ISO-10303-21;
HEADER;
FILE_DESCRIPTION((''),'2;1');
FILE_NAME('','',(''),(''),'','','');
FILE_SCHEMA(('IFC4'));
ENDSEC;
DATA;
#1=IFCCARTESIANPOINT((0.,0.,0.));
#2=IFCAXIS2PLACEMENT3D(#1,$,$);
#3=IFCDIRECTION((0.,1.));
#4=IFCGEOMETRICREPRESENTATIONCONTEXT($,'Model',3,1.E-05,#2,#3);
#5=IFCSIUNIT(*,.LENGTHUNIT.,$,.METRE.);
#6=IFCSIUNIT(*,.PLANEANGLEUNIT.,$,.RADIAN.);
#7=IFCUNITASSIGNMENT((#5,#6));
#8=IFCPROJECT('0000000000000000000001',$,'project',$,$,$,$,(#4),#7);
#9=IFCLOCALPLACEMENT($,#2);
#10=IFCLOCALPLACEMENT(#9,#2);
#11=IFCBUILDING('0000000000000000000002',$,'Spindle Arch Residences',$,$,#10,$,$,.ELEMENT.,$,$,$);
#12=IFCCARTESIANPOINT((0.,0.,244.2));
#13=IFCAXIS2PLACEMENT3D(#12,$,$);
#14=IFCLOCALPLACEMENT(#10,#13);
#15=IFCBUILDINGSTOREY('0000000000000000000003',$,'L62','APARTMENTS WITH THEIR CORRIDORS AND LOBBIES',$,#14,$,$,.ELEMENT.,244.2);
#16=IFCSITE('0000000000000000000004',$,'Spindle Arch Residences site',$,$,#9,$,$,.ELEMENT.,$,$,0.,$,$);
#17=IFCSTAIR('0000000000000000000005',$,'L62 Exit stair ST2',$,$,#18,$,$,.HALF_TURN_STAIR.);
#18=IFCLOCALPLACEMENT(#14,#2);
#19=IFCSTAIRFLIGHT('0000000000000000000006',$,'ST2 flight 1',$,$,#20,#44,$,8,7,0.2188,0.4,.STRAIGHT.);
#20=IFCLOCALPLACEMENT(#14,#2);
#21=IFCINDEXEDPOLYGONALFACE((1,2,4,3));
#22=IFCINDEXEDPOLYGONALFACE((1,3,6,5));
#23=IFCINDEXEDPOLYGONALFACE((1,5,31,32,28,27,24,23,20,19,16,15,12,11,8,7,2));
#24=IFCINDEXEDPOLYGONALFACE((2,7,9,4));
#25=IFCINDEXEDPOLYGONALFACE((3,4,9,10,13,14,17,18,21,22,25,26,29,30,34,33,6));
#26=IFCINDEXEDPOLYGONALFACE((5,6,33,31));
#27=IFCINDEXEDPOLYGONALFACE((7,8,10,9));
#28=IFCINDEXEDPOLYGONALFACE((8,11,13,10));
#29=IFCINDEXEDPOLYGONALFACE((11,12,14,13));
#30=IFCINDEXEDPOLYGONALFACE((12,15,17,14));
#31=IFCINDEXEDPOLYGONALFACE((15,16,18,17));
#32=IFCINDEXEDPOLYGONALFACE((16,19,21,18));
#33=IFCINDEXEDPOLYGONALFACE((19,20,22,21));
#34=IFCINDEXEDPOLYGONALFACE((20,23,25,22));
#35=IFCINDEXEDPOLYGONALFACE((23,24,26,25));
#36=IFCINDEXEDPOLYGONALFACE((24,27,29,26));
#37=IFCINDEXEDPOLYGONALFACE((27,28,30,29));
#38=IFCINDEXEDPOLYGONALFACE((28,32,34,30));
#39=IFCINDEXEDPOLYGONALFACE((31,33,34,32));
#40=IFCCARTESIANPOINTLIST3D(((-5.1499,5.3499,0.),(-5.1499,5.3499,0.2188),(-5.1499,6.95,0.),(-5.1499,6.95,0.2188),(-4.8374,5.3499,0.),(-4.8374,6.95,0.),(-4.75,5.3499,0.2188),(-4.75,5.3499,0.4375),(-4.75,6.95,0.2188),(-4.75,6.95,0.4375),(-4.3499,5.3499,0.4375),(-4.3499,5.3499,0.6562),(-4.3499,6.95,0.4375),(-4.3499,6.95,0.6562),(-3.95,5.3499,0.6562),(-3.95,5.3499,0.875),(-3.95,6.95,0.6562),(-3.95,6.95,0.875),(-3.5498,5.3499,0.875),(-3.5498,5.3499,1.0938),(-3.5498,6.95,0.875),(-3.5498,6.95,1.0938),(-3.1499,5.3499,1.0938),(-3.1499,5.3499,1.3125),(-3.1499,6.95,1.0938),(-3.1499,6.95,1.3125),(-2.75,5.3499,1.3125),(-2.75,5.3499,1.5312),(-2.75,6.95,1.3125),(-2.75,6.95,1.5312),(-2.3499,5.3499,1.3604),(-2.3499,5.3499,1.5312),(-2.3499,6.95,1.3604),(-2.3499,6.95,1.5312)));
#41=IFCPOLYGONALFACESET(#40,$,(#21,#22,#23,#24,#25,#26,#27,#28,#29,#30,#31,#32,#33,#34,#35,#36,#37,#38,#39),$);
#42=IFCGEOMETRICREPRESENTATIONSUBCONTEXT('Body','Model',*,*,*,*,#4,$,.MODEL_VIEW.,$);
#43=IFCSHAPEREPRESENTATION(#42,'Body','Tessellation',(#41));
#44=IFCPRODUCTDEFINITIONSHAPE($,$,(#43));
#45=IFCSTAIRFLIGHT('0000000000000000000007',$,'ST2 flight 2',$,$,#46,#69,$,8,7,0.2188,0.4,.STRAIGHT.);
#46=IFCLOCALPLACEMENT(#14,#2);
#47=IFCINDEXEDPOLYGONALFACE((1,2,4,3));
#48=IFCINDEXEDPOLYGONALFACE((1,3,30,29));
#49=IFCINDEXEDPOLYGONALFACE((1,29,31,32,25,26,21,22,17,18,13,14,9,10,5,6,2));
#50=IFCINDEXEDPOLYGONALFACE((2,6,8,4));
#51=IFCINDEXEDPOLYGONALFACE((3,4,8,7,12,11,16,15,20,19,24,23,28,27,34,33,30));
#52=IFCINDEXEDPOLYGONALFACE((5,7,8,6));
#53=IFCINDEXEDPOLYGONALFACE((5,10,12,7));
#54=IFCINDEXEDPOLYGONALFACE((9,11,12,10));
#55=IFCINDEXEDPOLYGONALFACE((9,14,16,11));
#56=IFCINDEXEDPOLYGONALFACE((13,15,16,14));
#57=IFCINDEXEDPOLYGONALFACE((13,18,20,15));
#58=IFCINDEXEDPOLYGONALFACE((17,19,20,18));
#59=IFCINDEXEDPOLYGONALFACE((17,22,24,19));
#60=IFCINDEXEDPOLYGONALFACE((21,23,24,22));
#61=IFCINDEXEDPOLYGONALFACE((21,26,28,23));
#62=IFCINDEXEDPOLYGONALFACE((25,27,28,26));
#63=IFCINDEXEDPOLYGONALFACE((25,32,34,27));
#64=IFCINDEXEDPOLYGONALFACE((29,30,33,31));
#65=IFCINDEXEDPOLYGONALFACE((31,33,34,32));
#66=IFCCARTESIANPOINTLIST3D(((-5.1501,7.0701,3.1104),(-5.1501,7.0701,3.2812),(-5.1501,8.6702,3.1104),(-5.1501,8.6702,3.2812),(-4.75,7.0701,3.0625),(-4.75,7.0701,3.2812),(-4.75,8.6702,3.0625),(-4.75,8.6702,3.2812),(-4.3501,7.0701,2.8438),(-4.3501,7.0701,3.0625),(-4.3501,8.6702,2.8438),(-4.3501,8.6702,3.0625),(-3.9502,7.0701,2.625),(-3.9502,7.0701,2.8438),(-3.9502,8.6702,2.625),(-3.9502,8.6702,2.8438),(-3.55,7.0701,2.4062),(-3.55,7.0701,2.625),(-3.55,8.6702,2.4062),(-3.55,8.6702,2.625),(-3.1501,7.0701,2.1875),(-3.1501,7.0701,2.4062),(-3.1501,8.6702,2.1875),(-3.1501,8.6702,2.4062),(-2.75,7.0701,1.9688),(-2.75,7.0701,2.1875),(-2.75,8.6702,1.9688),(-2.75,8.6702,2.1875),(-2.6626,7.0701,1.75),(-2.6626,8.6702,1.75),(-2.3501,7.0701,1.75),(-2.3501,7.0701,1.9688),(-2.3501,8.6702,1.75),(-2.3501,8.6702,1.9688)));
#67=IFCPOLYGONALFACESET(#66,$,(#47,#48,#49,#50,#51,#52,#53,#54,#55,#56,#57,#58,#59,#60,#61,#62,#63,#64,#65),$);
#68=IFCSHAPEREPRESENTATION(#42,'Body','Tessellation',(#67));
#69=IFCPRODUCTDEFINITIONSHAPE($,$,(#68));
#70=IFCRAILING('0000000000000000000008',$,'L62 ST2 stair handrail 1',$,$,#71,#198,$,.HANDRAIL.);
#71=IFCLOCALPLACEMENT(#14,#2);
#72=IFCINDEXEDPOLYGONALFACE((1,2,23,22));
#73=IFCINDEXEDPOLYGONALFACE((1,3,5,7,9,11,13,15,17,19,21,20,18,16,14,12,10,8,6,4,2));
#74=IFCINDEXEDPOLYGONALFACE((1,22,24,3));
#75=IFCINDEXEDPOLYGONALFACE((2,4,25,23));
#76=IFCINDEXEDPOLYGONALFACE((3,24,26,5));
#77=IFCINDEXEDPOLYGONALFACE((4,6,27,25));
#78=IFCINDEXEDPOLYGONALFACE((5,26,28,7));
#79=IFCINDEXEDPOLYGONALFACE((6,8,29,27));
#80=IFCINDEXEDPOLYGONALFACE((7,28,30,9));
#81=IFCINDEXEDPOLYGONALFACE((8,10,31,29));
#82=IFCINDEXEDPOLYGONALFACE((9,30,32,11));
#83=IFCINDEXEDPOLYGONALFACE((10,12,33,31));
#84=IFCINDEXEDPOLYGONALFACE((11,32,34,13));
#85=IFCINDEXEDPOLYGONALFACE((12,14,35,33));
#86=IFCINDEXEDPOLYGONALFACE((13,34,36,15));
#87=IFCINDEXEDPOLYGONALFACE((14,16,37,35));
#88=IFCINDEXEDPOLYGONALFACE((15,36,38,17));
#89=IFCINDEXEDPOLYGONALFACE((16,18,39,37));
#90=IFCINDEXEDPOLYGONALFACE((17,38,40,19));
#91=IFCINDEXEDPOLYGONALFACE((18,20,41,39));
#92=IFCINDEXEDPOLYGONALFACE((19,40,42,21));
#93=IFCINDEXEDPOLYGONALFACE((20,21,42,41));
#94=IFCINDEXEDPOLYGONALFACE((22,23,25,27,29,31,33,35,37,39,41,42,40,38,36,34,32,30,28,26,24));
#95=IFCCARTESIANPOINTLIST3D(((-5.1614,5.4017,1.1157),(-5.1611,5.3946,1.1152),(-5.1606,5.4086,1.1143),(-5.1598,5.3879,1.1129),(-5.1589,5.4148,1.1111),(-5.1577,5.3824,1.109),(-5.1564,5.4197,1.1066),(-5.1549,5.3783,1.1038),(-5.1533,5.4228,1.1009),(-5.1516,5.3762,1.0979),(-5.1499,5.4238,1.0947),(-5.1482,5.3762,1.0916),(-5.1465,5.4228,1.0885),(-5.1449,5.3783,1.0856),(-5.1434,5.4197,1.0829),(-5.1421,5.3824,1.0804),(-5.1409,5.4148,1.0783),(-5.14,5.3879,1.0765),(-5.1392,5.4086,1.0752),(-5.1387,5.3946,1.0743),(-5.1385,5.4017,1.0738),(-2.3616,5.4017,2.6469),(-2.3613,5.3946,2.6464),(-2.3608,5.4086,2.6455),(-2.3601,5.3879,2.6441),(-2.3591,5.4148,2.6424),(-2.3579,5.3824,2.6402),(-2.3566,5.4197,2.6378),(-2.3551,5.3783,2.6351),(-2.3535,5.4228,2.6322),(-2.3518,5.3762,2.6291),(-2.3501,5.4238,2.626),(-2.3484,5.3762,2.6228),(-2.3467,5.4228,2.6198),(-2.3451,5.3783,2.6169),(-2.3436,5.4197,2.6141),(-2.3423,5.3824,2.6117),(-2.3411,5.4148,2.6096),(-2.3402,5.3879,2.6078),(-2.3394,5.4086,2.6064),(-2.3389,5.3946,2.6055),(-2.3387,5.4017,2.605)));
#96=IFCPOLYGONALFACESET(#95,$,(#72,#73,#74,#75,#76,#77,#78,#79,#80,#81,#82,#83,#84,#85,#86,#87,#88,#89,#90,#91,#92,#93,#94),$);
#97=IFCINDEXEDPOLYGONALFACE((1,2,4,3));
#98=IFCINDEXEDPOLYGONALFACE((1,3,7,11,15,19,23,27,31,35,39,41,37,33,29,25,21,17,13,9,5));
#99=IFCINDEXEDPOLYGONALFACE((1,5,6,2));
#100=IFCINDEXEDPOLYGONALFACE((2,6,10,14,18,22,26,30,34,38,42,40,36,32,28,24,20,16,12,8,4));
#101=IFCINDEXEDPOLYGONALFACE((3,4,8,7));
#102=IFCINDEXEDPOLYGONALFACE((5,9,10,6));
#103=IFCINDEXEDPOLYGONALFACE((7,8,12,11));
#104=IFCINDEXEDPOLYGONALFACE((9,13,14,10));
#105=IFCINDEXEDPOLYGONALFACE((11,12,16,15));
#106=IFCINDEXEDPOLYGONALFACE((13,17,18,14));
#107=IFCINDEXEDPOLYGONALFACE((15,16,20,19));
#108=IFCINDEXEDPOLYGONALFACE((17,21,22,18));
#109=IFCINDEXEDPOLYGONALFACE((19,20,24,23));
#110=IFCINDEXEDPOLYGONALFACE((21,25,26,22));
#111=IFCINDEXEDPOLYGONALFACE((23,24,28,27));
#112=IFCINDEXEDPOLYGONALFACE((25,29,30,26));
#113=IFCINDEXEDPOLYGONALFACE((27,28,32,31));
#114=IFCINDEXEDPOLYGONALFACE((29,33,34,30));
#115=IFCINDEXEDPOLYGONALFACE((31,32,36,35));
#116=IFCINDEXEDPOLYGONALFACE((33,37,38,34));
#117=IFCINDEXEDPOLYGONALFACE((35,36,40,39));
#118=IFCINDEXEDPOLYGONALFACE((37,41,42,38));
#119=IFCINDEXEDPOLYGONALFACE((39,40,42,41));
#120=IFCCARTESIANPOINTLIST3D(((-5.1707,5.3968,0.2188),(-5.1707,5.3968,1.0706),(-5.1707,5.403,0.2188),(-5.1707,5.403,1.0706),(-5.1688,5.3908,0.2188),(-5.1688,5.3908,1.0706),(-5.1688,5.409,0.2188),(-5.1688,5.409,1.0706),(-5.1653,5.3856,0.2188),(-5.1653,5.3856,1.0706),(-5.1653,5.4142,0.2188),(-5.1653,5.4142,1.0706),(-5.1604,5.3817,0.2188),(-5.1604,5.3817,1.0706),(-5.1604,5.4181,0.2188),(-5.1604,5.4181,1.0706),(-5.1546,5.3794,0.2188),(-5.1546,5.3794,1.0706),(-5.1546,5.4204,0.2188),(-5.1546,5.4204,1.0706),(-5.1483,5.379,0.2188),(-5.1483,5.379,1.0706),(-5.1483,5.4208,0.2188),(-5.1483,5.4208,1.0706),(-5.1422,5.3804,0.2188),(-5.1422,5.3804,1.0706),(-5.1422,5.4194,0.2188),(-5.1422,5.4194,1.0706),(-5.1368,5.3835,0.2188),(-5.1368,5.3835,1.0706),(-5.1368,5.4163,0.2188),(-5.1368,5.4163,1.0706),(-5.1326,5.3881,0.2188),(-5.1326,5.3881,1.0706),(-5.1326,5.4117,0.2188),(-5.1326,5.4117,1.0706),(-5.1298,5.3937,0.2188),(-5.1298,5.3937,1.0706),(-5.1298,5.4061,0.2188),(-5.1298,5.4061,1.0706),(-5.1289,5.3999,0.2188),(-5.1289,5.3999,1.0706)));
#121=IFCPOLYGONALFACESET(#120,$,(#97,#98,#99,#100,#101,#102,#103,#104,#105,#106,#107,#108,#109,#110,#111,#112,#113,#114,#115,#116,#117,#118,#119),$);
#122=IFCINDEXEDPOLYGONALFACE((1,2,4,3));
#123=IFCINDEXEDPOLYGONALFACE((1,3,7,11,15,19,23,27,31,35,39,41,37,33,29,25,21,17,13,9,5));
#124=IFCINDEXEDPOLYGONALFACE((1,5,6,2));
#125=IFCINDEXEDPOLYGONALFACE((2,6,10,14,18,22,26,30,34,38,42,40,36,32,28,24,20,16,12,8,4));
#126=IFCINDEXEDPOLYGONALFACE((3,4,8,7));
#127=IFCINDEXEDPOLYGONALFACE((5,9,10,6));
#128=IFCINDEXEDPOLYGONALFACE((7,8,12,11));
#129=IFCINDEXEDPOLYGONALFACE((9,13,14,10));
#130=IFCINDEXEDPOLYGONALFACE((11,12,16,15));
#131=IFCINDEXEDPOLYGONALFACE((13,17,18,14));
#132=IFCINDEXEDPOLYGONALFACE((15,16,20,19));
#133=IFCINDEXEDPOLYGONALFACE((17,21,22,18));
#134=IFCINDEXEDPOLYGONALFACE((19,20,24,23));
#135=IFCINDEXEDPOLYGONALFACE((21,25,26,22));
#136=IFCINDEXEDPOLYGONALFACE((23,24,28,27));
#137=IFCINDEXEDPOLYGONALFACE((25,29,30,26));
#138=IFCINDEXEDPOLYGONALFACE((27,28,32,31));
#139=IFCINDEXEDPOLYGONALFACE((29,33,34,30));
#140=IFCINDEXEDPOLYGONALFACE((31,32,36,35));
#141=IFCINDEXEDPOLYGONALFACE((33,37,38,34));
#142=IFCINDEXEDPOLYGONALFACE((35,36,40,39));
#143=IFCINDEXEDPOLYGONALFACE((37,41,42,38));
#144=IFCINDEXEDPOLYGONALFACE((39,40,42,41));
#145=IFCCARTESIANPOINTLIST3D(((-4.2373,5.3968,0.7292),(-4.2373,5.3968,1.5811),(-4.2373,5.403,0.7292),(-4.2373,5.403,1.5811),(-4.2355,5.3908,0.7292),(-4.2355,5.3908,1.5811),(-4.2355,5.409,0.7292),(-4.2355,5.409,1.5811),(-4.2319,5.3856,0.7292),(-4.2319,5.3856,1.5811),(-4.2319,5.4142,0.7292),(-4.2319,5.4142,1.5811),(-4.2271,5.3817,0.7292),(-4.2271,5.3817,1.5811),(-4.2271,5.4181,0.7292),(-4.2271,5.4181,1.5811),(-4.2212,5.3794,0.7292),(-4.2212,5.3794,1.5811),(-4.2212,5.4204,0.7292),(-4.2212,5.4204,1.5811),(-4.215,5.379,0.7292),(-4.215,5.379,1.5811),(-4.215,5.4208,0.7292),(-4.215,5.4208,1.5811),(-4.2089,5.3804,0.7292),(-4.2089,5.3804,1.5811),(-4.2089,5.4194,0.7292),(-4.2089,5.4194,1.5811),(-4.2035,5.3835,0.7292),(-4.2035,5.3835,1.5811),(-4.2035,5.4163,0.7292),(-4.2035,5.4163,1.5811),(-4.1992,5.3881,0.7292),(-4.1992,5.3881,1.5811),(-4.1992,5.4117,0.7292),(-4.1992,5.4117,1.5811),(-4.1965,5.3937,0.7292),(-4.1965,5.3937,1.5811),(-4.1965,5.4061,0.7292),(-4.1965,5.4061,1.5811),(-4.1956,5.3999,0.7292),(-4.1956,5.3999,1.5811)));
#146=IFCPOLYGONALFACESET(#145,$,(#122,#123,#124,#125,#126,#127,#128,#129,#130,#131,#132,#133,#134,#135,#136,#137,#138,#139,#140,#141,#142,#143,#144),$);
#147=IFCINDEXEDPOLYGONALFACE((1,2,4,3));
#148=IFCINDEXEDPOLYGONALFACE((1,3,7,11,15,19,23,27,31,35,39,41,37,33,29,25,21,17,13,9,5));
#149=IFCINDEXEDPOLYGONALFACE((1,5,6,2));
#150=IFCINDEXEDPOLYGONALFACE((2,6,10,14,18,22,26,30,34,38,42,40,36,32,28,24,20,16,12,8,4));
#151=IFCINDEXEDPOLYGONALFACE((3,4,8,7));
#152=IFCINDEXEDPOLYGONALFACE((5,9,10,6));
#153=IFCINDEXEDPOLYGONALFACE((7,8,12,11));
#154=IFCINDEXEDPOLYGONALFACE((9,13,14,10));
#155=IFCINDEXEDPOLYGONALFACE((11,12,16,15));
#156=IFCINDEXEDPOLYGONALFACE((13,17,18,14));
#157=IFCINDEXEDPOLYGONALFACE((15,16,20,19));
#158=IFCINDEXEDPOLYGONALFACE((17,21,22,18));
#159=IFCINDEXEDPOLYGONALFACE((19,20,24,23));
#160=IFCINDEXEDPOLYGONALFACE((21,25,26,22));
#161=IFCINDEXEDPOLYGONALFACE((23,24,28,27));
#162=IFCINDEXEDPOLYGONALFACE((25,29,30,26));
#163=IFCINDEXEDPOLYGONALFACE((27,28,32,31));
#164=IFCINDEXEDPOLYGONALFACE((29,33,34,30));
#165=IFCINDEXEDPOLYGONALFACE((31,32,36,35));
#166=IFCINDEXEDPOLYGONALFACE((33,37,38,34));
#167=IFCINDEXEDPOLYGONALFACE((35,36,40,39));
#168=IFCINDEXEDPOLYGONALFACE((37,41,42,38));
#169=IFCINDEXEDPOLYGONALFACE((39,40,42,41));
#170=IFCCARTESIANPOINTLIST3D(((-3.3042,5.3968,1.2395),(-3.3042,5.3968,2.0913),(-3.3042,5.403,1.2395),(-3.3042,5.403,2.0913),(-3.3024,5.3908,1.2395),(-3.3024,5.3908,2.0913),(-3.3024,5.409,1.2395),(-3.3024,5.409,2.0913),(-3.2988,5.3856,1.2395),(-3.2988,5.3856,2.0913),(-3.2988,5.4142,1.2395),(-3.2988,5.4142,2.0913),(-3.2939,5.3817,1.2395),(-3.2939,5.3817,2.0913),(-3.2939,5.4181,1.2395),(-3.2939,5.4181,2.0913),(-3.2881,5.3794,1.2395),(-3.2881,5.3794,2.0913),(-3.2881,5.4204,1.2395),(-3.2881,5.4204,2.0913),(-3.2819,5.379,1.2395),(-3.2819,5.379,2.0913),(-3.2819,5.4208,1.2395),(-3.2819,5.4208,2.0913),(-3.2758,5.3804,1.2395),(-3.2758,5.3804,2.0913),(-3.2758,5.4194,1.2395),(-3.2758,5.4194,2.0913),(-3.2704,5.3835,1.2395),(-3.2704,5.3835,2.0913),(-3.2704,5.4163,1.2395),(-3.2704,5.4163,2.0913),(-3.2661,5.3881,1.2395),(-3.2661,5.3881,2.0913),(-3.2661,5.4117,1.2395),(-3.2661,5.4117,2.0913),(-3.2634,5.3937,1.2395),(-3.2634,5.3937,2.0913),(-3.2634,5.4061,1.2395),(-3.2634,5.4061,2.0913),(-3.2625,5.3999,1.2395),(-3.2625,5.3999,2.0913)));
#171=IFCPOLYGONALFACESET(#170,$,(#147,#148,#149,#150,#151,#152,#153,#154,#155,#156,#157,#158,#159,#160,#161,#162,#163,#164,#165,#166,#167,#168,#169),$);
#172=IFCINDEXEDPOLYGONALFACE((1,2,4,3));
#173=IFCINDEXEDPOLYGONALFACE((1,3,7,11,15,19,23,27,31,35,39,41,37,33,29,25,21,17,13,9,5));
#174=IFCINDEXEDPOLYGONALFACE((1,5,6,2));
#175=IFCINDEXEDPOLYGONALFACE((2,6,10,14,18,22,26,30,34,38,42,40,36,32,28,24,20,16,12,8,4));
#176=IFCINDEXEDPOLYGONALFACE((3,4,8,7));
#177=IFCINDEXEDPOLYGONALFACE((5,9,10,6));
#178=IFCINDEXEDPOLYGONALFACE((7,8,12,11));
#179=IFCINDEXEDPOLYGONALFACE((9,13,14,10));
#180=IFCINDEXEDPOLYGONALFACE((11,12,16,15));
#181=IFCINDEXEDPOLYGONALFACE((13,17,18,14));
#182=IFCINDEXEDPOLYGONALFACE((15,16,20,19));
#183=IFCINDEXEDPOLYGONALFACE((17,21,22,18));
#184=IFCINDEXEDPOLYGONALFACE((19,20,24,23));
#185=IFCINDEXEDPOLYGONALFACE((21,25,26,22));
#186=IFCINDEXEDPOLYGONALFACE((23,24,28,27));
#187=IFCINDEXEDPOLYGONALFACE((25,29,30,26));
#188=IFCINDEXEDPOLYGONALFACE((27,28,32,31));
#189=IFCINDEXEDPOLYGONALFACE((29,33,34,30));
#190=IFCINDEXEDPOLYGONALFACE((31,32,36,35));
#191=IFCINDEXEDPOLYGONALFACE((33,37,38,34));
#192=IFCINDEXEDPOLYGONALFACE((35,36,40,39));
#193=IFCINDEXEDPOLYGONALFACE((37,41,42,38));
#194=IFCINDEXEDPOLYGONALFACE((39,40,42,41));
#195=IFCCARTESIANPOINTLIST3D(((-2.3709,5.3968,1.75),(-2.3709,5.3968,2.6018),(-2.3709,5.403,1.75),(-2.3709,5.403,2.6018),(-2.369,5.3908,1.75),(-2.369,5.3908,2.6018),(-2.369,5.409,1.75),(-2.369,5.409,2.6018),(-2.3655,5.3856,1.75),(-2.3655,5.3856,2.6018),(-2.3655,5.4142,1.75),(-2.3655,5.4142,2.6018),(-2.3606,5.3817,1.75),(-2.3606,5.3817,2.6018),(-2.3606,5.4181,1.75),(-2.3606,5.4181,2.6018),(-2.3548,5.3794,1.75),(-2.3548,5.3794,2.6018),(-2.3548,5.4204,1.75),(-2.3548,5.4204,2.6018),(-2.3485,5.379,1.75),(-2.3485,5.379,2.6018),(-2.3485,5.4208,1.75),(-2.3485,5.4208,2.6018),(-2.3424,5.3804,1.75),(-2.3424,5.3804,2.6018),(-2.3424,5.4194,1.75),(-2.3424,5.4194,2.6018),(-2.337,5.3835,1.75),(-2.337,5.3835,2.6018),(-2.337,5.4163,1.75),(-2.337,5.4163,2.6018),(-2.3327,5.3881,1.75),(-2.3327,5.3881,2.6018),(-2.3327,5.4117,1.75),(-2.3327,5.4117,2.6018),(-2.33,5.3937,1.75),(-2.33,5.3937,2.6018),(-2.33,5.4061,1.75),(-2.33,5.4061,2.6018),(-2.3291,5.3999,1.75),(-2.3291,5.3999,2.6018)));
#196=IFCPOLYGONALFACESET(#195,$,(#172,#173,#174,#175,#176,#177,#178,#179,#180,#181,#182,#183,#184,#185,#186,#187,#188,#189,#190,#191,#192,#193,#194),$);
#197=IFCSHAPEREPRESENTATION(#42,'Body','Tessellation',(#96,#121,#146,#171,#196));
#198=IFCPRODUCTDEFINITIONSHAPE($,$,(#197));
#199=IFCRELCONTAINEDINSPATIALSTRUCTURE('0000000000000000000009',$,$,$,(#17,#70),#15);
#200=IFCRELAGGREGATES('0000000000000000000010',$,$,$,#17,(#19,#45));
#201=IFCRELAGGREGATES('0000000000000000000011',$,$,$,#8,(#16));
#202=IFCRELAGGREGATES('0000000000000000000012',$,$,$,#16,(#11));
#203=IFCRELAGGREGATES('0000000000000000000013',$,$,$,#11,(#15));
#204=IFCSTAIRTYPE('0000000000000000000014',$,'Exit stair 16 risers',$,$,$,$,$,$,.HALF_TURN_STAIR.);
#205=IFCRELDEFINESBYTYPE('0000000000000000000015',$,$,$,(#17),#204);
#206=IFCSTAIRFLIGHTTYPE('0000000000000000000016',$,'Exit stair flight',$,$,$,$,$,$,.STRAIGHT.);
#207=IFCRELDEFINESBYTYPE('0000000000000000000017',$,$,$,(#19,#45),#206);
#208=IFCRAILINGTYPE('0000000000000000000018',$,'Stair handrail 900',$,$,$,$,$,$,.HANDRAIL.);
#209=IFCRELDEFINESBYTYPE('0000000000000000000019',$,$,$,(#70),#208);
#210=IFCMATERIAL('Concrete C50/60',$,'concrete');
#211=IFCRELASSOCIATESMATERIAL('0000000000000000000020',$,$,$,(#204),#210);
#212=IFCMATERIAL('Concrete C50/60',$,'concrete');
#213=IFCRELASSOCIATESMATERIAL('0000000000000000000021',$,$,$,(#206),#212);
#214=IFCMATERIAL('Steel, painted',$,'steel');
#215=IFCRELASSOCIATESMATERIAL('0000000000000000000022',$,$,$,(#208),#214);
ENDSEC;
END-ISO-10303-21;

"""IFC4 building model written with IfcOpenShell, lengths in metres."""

from ifc_helpers import new_model, si_unit, direction, frame, origin, origin_2d, place, context, subcontext, project, spatial, polyline, circle, outline, extrude, material, type_object, element, aggregate, save


model = new_model("IFC4")

# Units and contexts
model_context = context("Model", 3, precision=1e-05, world=origin(), true_north=direction((0.0, 1.0)))
body_context = subcontext(model_context, "Body", "Model", "MODEL_VIEW")
ifc_project = project(units=[si_unit("LENGTHUNIT", "METRE"), si_unit("PLANEANGLEUNIT", "RADIAN")], contexts=[model_context])

# Site, building, storey
site_placement = place(None, origin())
site = spatial("IfcSite", under=ifc_project, at=site_placement, Name="Spindle Arch Residences site", CompositionType="ELEMENT", RefElevation=0.0)
building_placement = place(site_placement, origin())
building = spatial("IfcBuilding", under=site, at=building_placement, Name="Spindle Arch Residences", CompositionType="ELEMENT")
storey_placement = place(building_placement, frame((0.0, 0.0, 244.2)))
storey = spatial("IfcBuildingStorey", under=building, at=storey_placement, Name="L62", Description="APARTMENTS WITH THEIR CORRIDORS AND LOBBIES", CompositionType="ELEMENT", Elevation=244.2)

# Stair, stair flights
ifc_material_1 = material(Name="Concrete C50/60", Category="concrete")
stair_type = type_object("IfcStairType", Name="Exit stair 16 risers", PredefinedType="HALF_TURN_STAIR", material=ifc_material_1)
stair_placement = place(storey_placement, origin())
stair = element("IfcStair", 1, at=stair_placement, inside=storey, type_object=stair_type, Name="L62 Exit stair ST2", PredefinedType="HALF_TURN_STAIR")
ifc_material_2 = material(Name="Concrete C50/60", Category="concrete")
stair_flight_type = type_object("IfcStairFlightType", Name="Exit stair flight", PredefinedType="STRAIGHT", material=ifc_material_2)
stair_flight_1_placement = place(storey_placement, frame((-5.1499, 6.1499, 0.0), z_axis=(0.0, 0.0, 1.0), x_axis=(1.0, 0.0, 0.0)))
stair_flight_1 = element("IfcStairFlight", 2, at=stair_flight_1_placement, type_object=stair_flight_type, Name="ST2 flight 1", NumberOfRisers=8, NumberOfTreads=7, PredefinedType="STRAIGHT", RiserHeight=0.2188, TreadLength=0.4, context=body_context, shape_type="SweptSolid", body=[
    extrude(outline(polyline([(0.0, 0.0), (0.0, 0.2188), (0.3999, 0.2188), (0.3999, 0.4375), (0.8, 0.4375), (0.8, 0.6562), (1.2, 0.6562), (1.2, 0.875), (1.6001, 0.875), (1.6001, 1.0938), (2.0, 1.0938), (2.0, 1.3125), (2.3999, 1.3125), (2.3999, 1.5312), (2.8, 1.5312), (2.8, 1.75), (2.8, 1.3604), (0.3125, 0.0), (0.0, 0.0)])), frame((0.0, 0.8, 0.0), z_axis=(0.0, -1.0, 0.0), x_axis=(1.0, 0.0, 0.0)), (0.0, 0.0, 1.0), 1.6001),
])
stair_flight_2_placement = place(storey_placement, frame((-2.3501, 7.8701, 1.75), z_axis=(0.0, 0.0, 1.0), x_axis=(-1.0, 0.0, 0.0)))
stair_flight_2 = element("IfcStairFlight", 3, at=stair_flight_2_placement, type_object=stair_flight_type, Name="ST2 flight 2", NumberOfRisers=8, NumberOfTreads=7, PredefinedType="STRAIGHT", RiserHeight=0.2188, TreadLength=0.4, context=body_context, shape_type="SweptSolid", body=[
    extrude(outline(polyline([(0.0, 0.0), (0.0, 0.2188), (0.3999, 0.2188), (0.3999, 0.4375), (0.8, 0.4375), (0.8, 0.6562), (1.2, 0.6562), (1.2, 0.875), (1.6001, 0.875), (1.6001, 1.0938), (2.0, 1.0938), (2.0, 1.3125), (2.3999, 1.3125), (2.3999, 1.5312), (2.8, 1.5312), (2.8, 1.75), (2.8, 1.3604), (0.3125, 0.0), (0.0, 0.0)])), frame((0.0, 0.8, 0.0), z_axis=(0.0, -1.0, 0.0), x_axis=(1.0, 0.0, 0.0)), (0.0, 0.0, 1.0), 1.6001),
])
aggregate(stair, [stair_flight_1, stair_flight_2])

# Railing
ifc_material_3 = material(Name="Steel, painted", Category="steel")
railing_type_1 = type_object("IfcRailingType", Name="Stair handrail 900", PredefinedType="HANDRAIL", material=ifc_material_3)
railing_1_placement = place(storey_placement, frame((-5.1499, 5.3999, 0.2188)))
element("IfcRailing", 4, at=railing_1_placement, inside=storey, type_object=railing_type_1, Name="L62 ST2 stair handrail 1", PredefinedType="HANDRAIL", context=body_context, shape_type="SweptSolid", body=[
    extrude(circle(Radius=0.0239, at=origin_2d()), frame((0.0, 0.0, 0.876), z_axis=(0.877357, 0.0, 0.479838), x_axis=(0.0, 1.0, 0.0)), (0.0, 0.0, 1.0), 3.1912),
    extrude(circle(Radius=0.021, at=origin_2d()), origin(), (0.0, 0.0, 1.0), 0.8518),
    extrude(circle(Radius=0.021, at=origin_2d()), frame((0.9333, 0.0, 0.5105)), (0.0, 0.0, 1.0), 0.8518),
    extrude(circle(Radius=0.021, at=origin_2d()), frame((1.8665, 0.0, 1.0208)), (0.0, 0.0, 1.0), 0.8518),
    extrude(circle(Radius=0.021, at=origin_2d()), frame((2.7998, 0.0, 1.5312)), (0.0, 0.0, 1.0), 0.8518),
])

save(model, "model.ifc")
